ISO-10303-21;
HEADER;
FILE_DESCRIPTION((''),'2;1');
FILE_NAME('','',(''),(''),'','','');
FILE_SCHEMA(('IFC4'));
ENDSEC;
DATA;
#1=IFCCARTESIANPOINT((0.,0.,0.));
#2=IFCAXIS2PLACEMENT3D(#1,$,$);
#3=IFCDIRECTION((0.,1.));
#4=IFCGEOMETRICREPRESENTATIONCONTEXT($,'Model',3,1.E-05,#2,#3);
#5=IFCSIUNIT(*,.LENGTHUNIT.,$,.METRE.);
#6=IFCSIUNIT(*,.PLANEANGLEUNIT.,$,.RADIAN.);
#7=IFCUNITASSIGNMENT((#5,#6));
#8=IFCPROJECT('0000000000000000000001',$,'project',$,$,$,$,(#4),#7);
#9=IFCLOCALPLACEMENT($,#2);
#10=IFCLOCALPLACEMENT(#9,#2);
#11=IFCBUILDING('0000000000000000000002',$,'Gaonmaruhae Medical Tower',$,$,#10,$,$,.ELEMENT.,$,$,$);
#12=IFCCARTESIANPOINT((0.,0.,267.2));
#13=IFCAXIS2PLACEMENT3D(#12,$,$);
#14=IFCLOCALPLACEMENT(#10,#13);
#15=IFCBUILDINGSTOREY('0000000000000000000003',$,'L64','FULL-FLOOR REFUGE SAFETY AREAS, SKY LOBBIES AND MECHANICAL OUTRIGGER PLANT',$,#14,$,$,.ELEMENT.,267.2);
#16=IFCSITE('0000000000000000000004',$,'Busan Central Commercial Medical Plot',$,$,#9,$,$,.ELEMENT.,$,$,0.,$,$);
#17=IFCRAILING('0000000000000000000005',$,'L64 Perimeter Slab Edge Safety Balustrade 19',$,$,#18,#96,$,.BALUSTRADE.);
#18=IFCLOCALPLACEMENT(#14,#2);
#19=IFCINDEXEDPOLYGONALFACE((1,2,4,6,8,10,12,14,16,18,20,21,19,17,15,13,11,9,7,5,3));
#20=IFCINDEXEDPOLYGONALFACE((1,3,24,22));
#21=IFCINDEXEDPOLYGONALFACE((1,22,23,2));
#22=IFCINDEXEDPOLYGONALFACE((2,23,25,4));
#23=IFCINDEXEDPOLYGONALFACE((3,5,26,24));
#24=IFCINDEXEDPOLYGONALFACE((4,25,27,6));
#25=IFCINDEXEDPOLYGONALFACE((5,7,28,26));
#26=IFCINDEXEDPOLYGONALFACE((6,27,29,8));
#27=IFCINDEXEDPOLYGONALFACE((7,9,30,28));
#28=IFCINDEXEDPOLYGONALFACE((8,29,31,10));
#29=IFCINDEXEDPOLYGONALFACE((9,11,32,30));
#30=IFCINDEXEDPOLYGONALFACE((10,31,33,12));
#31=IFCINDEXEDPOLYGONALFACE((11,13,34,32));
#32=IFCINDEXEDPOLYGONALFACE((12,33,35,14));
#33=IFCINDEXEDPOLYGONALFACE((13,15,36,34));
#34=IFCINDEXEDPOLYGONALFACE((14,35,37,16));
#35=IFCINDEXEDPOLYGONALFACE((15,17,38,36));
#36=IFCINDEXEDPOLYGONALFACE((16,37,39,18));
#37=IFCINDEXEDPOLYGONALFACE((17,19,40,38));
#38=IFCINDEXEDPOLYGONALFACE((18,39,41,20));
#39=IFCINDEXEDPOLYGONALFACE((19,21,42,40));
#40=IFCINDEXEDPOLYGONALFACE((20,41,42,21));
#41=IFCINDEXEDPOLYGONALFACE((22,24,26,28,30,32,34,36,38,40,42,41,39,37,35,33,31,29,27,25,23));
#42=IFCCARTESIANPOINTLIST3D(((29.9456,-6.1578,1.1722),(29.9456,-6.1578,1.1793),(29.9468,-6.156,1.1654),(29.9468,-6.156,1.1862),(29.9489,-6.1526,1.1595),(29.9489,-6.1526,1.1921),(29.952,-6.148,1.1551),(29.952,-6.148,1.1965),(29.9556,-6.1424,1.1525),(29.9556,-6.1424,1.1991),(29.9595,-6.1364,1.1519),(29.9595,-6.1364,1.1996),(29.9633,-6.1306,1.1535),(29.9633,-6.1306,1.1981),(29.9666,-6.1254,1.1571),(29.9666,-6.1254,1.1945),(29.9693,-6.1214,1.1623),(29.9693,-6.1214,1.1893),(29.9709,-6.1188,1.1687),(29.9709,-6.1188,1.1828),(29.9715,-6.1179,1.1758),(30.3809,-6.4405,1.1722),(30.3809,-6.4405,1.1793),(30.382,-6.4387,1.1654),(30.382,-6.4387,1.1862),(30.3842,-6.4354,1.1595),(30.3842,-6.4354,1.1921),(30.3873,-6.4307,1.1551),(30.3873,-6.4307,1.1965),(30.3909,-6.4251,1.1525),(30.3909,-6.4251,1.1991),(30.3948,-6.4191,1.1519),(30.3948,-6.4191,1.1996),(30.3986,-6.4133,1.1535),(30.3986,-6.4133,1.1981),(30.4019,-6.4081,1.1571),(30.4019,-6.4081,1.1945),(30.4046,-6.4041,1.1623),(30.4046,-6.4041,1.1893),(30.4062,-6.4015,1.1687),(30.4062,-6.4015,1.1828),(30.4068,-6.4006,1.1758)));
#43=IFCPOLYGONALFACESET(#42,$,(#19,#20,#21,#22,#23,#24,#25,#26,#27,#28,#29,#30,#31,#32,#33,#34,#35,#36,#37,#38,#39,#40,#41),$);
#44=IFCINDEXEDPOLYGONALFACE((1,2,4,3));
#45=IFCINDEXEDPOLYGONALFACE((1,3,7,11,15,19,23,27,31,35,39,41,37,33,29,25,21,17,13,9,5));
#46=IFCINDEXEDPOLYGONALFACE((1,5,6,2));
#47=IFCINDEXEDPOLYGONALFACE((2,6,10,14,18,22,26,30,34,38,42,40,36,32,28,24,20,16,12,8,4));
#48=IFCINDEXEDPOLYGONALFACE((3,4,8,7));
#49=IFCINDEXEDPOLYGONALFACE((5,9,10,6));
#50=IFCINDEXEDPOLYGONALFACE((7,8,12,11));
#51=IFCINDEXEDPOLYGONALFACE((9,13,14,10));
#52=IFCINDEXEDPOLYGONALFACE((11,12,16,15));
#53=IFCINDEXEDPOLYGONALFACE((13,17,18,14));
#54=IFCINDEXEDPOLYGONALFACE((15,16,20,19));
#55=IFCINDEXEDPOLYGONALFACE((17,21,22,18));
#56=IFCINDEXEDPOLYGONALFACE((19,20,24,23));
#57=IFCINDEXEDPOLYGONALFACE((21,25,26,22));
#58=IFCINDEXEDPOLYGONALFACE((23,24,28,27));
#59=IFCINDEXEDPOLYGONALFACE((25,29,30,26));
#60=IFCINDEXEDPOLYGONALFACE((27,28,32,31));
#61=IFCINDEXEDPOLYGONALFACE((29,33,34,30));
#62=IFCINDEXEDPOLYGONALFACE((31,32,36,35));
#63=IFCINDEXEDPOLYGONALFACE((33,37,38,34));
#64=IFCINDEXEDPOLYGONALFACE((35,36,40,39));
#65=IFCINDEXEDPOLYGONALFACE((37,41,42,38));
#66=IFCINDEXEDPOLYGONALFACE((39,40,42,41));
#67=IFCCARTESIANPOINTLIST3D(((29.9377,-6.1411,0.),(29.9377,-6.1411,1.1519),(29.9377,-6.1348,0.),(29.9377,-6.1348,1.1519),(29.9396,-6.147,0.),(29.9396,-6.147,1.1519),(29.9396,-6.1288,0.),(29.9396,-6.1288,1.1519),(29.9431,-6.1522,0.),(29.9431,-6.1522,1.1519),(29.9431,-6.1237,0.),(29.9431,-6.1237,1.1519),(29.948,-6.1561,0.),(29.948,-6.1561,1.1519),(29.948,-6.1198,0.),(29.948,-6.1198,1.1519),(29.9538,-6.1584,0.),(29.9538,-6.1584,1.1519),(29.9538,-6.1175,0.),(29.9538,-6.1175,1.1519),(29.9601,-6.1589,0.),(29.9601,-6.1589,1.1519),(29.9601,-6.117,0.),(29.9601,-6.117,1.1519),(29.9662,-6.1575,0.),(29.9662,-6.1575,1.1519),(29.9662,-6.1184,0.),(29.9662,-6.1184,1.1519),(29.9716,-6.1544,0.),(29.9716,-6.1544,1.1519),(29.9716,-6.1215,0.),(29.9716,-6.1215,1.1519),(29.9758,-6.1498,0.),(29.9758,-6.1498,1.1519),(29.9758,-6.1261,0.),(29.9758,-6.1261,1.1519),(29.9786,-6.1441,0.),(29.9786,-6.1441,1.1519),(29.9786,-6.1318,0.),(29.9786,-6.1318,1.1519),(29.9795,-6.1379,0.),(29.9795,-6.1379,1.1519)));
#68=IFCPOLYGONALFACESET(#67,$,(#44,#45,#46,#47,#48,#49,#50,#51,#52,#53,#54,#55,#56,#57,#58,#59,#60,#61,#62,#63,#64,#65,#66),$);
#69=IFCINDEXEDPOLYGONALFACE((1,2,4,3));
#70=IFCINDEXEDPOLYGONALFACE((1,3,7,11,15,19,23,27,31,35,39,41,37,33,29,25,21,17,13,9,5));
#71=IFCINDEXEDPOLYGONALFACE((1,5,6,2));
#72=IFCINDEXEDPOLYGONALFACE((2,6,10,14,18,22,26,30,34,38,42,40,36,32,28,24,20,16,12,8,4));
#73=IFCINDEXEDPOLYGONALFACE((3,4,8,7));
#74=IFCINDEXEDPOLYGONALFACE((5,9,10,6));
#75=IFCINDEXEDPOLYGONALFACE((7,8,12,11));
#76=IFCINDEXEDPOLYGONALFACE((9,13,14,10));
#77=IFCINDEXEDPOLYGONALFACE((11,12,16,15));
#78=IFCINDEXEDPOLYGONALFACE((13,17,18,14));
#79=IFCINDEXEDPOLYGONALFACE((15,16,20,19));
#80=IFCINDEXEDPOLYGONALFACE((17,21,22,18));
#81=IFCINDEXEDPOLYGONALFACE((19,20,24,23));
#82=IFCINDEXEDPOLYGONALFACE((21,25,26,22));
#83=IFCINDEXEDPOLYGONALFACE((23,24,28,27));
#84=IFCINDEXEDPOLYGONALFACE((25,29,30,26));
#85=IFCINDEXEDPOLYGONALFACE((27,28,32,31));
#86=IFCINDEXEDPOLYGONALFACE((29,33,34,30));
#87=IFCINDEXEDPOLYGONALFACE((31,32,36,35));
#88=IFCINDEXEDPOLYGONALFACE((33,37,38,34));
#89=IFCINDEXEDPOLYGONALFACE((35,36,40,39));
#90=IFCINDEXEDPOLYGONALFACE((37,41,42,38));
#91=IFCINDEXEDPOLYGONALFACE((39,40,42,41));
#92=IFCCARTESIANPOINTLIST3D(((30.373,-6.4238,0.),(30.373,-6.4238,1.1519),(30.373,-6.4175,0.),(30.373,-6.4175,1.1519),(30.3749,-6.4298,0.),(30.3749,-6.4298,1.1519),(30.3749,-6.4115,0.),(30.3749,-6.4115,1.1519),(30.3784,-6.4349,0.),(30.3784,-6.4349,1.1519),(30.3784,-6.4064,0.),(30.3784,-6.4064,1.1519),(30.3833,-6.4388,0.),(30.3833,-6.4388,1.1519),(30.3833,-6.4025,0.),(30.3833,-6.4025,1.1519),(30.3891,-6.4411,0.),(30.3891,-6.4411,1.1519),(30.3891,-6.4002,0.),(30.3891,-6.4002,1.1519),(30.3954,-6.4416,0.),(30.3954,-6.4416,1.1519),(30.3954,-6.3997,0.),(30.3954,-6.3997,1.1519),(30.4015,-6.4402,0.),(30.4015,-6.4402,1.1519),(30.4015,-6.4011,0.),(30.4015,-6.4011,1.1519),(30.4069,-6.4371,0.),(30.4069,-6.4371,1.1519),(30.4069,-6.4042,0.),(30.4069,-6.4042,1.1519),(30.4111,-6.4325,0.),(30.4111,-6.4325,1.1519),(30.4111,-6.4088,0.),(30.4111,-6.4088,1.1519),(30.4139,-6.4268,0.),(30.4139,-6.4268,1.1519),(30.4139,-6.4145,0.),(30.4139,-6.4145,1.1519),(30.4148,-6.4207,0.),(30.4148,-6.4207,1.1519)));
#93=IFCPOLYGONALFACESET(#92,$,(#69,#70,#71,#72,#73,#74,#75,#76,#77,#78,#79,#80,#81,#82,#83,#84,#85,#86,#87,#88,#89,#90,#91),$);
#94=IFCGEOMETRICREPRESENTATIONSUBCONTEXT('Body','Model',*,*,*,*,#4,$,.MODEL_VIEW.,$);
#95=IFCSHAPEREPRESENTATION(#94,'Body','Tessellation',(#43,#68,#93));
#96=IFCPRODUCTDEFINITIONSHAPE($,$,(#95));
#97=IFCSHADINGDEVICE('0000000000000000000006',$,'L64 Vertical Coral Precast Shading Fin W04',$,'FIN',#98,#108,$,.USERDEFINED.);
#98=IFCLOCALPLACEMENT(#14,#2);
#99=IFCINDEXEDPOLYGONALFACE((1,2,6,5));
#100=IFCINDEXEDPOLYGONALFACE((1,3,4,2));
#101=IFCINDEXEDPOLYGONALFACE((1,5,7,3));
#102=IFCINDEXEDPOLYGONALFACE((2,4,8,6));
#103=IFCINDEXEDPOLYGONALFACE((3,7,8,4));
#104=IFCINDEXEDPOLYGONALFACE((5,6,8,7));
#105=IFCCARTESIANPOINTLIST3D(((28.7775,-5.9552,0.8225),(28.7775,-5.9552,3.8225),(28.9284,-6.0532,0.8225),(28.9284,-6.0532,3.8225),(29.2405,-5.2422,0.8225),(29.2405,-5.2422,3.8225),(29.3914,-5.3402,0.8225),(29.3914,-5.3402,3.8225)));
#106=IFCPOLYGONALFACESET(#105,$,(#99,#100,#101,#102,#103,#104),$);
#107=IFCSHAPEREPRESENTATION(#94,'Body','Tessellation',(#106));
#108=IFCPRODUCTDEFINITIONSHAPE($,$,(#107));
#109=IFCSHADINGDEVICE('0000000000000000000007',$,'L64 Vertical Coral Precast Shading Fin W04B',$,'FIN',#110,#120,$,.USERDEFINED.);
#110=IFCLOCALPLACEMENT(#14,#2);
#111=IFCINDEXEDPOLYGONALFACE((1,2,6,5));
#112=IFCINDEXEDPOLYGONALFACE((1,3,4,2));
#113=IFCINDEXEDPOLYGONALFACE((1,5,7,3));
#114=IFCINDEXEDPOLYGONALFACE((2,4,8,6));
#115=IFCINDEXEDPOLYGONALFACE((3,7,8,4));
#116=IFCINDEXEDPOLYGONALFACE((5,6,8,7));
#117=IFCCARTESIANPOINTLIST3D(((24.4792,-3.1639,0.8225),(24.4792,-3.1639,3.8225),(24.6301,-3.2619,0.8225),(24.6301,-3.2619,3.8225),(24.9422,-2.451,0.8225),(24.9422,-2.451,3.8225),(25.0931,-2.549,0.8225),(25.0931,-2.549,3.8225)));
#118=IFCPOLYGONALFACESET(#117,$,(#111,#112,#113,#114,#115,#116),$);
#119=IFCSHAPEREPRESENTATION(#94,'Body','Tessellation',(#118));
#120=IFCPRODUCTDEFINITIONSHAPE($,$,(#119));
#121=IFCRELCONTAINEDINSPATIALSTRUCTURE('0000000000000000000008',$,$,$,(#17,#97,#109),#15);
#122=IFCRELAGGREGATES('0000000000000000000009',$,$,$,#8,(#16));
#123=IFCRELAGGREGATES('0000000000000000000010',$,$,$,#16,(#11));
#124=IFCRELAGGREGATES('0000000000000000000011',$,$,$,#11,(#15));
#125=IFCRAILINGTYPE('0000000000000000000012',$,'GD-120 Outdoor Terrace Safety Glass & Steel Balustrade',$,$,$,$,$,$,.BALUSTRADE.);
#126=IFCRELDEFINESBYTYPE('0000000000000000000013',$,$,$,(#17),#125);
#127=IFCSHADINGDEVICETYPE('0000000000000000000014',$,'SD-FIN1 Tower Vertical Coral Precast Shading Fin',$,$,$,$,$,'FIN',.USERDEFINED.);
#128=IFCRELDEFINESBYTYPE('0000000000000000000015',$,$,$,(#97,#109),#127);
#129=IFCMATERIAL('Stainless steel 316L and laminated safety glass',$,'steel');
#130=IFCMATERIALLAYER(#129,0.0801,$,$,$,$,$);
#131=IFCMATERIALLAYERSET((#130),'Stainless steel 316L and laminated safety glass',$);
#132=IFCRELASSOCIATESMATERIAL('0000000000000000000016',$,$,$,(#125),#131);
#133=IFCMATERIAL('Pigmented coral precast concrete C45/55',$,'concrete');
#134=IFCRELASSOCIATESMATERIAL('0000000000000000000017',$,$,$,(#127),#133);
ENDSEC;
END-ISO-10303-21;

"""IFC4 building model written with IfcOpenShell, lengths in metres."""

from ifc_helpers import new_model, si_unit, direction, frame, origin, origin_2d, place, context, subcontext, project, spatial, rectangle, circle, extrude, material, layer, layer_set, type_object, element, save


model = new_model("IFC4")

# Units and contexts
model_context = context("Model", 3, precision=1e-05, world=origin(), true_north=direction((0.0, 1.0)))
body_context = subcontext(model_context, "Body", "Model", "MODEL_VIEW")
ifc_project = project(units=[si_unit("LENGTHUNIT", "METRE"), si_unit("PLANEANGLEUNIT", "RADIAN")], contexts=[model_context])

# Site, building, storey
site_placement = place(None, origin())
site = spatial("IfcSite", under=ifc_project, at=site_placement, Name="Busan Central Commercial Medical Plot", CompositionType="ELEMENT", RefElevation=0.0)
building_placement = place(site_placement, origin())
building = spatial("IfcBuilding", under=site, at=building_placement, Name="Gaonmaruhae Medical Tower", CompositionType="ELEMENT")
storey_placement = place(building_placement, frame((0.0, 0.0, 267.2)))
storey = spatial("IfcBuildingStorey", under=building, at=storey_placement, Name="L64", Description="FULL-FLOOR REFUGE SAFETY AREAS, SKY LOBBIES AND MECHANICAL OUTRIGGER PLANT", CompositionType="ELEMENT", Elevation=267.2)

# Railing
ifc_material_1 = material(Name="Stainless steel 316L and laminated safety glass", Category="steel")
ifc_layer_1 = layer(ifc_material_1, 0.0801)
ifc_layer_set_1 = layer_set([ifc_layer_1], Name="Stainless steel 316L and laminated safety glass")
railing_type = type_object("IfcRailingType", Name="GD-120 Outdoor Terrace Safety Glass & Steel Balustrade", PredefinedType="BALUSTRADE", material=ifc_layer_set_1)
railing_1_placement = place(storey_placement, frame((29.9585, -6.1379, 0.0)))
element("IfcRailing", 1, at=railing_1_placement, inside=storey, type_object=railing_type, Name="L64 Perimeter Slab Edge Safety Balustrade 19", PredefinedType="BALUSTRADE", context=body_context, shape_type="SweptSolid", body=[
    extrude(circle(Radius=0.0239, at=origin_2d()), frame((0.0, 0.0, 1.1758), z_axis=(0.838648, -0.544674, 0.0), x_axis=(0.544674, 0.838648, 0.0)), (0.0, 0.0, 1.0), 0.519),
    extrude(circle(Radius=0.021, at=origin_2d()), origin(), (0.0, 0.0, 1.0), 1.1519),
    extrude(circle(Radius=0.021, at=origin_2d()), frame((0.4353, -0.2827, 0.0)), (0.0, 0.0, 1.0), 1.1519),
])

# Shading devices
ifc_material_2 = material(Name="Pigmented coral precast concrete C45/55", Category="concrete")
shading_device_type = type_object("IfcShadingDeviceType", Name="SD-FIN1 Tower Vertical Coral Precast Shading Fin", ElementType="FIN", PredefinedType="USERDEFINED", material=ifc_material_2)
for number, where, z_axis, x_axis, name in (
    (2, (29.0845, -5.6477, 0.8225), (0.0, 0.0, 1.0), (-0.838671, 0.544639, 0.0), "L64 Vertical Coral Precast Shading Fin W04"),
    (3, (24.7861, -2.8564, 0.8225), (0.0, 0.0, 1.0), (-0.838671, 0.544639, 0.0), "L64 Vertical Coral Precast Shading Fin W04B"),
):
    element("IfcShadingDevice", number, at=place(storey_placement, frame(where, z_axis=z_axis, x_axis=x_axis)), inside=storey, type_object=shading_device_type, Name=name, ObjectType="FIN", PredefinedType="USERDEFINED", context=body_context, shape_type="SweptSolid", body=[
        extrude(rectangle(XDim=0.1799, YDim=0.8501, at=origin_2d()), origin(), (0.0, 0.0, 1.0), 3.0),
    ])

save(model, "model.ifc")
